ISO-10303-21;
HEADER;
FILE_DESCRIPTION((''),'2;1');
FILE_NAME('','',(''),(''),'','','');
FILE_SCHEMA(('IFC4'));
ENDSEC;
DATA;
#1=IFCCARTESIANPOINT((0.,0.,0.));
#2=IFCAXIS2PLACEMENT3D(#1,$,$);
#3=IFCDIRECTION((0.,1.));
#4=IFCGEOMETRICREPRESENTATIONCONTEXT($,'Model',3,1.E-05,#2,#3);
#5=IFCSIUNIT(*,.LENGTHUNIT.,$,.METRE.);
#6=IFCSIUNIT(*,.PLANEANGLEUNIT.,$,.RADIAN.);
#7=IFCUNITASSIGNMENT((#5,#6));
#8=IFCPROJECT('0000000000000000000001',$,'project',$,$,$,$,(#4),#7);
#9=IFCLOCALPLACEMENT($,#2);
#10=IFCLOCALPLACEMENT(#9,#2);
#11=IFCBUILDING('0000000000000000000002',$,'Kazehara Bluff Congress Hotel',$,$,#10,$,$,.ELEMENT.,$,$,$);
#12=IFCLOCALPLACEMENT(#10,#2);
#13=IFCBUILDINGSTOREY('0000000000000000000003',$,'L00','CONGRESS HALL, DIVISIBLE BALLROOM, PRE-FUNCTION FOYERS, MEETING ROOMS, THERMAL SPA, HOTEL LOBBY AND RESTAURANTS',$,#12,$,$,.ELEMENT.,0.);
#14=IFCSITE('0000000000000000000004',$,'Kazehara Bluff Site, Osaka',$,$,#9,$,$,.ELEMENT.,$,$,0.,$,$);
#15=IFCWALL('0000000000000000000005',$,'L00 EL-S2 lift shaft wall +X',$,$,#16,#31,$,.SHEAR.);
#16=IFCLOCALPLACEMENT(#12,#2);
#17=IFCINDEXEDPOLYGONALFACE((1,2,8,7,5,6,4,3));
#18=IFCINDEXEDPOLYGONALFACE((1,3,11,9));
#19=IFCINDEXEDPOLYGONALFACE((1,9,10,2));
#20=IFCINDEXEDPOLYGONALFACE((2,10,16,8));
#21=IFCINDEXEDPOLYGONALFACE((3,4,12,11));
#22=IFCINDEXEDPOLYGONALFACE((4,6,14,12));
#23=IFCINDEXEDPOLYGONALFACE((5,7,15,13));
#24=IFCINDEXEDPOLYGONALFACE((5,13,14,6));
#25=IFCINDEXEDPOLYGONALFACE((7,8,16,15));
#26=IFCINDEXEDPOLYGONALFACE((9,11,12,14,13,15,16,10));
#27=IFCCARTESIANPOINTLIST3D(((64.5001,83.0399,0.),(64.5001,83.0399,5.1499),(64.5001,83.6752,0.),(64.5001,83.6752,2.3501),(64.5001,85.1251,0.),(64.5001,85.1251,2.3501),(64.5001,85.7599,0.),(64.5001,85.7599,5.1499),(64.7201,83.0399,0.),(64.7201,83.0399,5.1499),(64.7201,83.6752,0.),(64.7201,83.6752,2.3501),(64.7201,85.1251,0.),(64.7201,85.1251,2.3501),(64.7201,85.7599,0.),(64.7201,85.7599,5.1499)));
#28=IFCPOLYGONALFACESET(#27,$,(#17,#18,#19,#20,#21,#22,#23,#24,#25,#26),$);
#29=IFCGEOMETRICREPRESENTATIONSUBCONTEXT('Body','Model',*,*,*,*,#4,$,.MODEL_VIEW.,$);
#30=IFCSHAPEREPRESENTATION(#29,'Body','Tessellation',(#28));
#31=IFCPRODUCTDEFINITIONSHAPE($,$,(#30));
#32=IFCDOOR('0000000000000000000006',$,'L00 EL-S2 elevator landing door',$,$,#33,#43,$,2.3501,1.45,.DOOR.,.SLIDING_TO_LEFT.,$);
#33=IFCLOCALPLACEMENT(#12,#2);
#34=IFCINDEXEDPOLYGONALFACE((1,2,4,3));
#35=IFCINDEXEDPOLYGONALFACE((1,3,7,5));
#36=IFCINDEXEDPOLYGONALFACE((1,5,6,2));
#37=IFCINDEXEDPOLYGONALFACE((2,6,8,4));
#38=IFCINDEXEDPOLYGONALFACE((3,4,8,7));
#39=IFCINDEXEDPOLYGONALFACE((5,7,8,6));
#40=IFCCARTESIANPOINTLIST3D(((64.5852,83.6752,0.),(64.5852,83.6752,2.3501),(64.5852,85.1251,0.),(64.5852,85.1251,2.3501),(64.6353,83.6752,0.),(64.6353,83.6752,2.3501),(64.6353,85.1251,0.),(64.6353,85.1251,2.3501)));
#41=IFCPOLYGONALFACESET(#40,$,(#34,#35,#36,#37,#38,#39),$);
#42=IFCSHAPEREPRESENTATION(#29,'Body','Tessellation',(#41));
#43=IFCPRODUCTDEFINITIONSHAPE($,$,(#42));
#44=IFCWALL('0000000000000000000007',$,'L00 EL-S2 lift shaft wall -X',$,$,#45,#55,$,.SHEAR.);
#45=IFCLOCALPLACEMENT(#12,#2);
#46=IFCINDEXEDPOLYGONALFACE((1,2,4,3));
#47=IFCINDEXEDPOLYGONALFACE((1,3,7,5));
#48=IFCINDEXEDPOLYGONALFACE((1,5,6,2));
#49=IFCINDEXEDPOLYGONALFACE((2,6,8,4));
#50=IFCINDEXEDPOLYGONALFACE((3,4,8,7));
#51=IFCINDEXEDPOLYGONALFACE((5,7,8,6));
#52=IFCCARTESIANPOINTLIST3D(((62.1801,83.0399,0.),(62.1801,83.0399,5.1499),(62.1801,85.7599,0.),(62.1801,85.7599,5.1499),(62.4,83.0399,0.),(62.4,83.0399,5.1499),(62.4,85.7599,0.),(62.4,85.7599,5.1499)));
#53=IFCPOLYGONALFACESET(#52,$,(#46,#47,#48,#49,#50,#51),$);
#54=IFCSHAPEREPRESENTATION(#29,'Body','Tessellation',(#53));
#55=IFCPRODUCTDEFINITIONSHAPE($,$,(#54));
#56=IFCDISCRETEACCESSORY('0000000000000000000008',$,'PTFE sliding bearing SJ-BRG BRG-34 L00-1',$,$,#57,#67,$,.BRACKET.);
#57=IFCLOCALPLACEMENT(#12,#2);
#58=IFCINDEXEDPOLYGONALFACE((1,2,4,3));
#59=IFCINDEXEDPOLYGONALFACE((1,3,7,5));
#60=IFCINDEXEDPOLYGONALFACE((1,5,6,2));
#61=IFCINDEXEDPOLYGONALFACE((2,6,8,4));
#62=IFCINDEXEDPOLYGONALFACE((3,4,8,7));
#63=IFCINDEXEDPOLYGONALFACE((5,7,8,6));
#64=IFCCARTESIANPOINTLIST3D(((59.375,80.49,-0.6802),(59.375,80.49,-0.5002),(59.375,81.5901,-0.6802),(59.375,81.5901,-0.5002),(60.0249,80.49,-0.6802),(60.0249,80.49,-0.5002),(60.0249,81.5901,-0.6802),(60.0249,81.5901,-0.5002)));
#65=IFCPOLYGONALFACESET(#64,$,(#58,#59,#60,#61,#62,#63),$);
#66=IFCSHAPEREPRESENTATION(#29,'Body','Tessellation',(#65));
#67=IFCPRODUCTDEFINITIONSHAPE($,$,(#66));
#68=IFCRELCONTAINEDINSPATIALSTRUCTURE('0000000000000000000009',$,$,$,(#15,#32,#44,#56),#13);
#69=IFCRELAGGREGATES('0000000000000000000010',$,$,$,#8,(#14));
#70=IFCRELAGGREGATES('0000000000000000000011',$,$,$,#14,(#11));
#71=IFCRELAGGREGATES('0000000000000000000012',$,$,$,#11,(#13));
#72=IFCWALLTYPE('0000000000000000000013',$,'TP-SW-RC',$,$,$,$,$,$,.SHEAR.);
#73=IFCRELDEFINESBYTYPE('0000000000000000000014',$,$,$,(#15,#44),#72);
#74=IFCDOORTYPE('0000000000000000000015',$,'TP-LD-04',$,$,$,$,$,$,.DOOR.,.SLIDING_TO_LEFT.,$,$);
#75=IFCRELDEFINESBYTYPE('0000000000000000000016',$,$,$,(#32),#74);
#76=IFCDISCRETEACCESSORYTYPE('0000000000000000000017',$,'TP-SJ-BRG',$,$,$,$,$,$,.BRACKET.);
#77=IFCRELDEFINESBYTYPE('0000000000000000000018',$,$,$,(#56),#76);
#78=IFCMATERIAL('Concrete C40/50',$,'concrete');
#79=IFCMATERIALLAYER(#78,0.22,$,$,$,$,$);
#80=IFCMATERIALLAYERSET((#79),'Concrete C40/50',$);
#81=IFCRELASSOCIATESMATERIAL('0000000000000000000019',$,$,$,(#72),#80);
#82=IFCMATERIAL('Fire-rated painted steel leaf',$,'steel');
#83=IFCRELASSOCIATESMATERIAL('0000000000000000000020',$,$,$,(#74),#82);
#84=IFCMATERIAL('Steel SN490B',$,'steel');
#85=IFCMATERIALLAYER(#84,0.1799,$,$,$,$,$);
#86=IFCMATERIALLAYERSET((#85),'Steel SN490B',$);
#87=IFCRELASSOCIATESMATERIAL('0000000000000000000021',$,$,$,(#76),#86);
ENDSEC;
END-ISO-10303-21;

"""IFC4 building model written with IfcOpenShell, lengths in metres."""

from ifc_helpers import new_model, si_unit, direction, frame, frame_2d, origin, origin_2d, place, context, subcontext, project, spatial, rectangle, extrude, material, layer, layer_set, type_object, element, fill, save


model = new_model("IFC4")

# Units and contexts
model_context = context("Model", 3, precision=1e-05, world=origin(), true_north=direction((0.0, 1.0)))
body_context = subcontext(model_context, "Body", "Model", "MODEL_VIEW")
ifc_project = project(units=[si_unit("LENGTHUNIT", "METRE"), si_unit("PLANEANGLEUNIT", "RADIAN")], contexts=[model_context])

# Site, building, storey
site_placement = place(None, origin())
site = spatial("IfcSite", under=ifc_project, at=site_placement, Name="Kazehara Bluff Site, Osaka", CompositionType="ELEMENT", RefElevation=0.0)
building_placement = place(site_placement, origin())
building = spatial("IfcBuilding", under=site, at=building_placement, Name="Kazehara Bluff Congress Hotel", CompositionType="ELEMENT")
storey_placement = place(building_placement, origin())
storey = spatial("IfcBuildingStorey", under=building, at=storey_placement, Name="L00", Description="CONGRESS HALL, DIVISIBLE BALLROOM, PRE-FUNCTION FOYERS, MEETING ROOMS, THERMAL SPA, HOTEL LOBBY AND RESTAURANTS", CompositionType="ELEMENT", Elevation=0.0)

# Shared definitions
ifc_material_1 = material(Name="Concrete C40/50", Category="concrete")
ifc_layer_1 = layer(ifc_material_1, 0.22)
ifc_layer_set_1 = layer_set([ifc_layer_1], Name="Concrete C40/50")
wall_type_1 = type_object("IfcWallType", Name="TP-SW-RC", PredefinedType="SHEAR", material=ifc_layer_set_1)

# Wall, opening, door
wall_1_placement = place(storey_placement, frame((64.6101, 83.04, 0.0), z_axis=(0.0, 0.0, 1.0), x_axis=(0.0, 1.0, 0.0)))
wall_1 = element("IfcWall", 1, at=wall_1_placement, inside=storey, type_object=wall_type_1, Name="L00 EL-S2 lift shaft wall +X", PredefinedType="SHEAR", context=body_context, shape_type="SweptSolid", body=[
    extrude(rectangle(XDim=2.72, YDim=0.22, at=frame_2d((1.3599, 0.0))), origin(), (0.0, 0.0, 1.0), 5.1499),
])
opening_placement = place(wall_1_placement, frame((0.635, 0.0, 0.0)))
opening = element("IfcOpeningElement", 2, at=opening_placement, cuts=wall_1, PredefinedType="OPENING", context=body_context, shape_type="SweptSolid", body=[
    extrude(rectangle(XDim=1.45, YDim=2.3501, at=frame_2d((0.7251, 1.175))), frame((0.0, 0.1199, 0.0), z_axis=(0.0, -1.0, 0.0), x_axis=(1.0, 0.0, 0.0)), (0.0, 0.0, 1.0), 0.24),
])
ifc_material_2 = material(Name="Fire-rated painted steel leaf", Category="steel")
door_type = type_object("IfcDoorType", Name="TP-LD-04", OperationType="SLIDING_TO_LEFT", PredefinedType="DOOR", material=ifc_material_2)
door_placement = place(opening_placement, origin())
door = element("IfcDoor", 3, at=door_placement, inside=storey, type_object=door_type, Name="L00 EL-S2 elevator landing door", OperationType="SLIDING_TO_LEFT", OverallHeight=2.3501, OverallWidth=1.45, PredefinedType="DOOR", context=body_context, shape_type="SweptSolid", body=[
    extrude(rectangle(XDim=1.45, YDim=2.3501, at=frame_2d((0.7251, 1.175))), frame((0.0, 0.0249, 0.0), z_axis=(0.0, -1.0, 0.0), x_axis=(1.0, 0.0, 0.0)), (0.0, 0.0, 1.0), 0.05),
])
fill(opening, door)

# Wall
wall_2_placement = place(storey_placement, frame((62.29, 83.04, 0.0), z_axis=(0.0, 0.0, 1.0), x_axis=(0.0, 1.0, 0.0)))
element("IfcWall", 4, at=wall_2_placement, inside=storey, type_object=wall_type_1, Name="L00 EL-S2 lift shaft wall -X", PredefinedType="SHEAR", context=body_context, shape_type="SweptSolid", body=[
    extrude(rectangle(XDim=2.72, YDim=0.22, at=frame_2d((1.3599, 0.0))), origin(), (0.0, 0.0, 1.0), 5.1499),
])

# Discrete accessory
ifc_material_3 = material(Name="Steel SN490B", Category="steel")
ifc_layer_2 = layer(ifc_material_3, 0.1799)
ifc_layer_set_2 = layer_set([ifc_layer_2], Name="Steel SN490B")
discrete_accessory_type = type_object("IfcDiscreteAccessoryType", Name="TP-SJ-BRG", PredefinedType="BRACKET", material=ifc_layer_set_2)
discrete_accessory_placement = place(storey_placement, frame((59.7, 81.04, -0.6802), z_axis=(0.0, 0.0, 1.0), x_axis=(1.0, 0.0, 0.0)))
element("IfcDiscreteAccessory", 5, at=discrete_accessory_placement, inside=storey, type_object=discrete_accessory_type, Name="PTFE sliding bearing SJ-BRG BRG-34 L00-1", PredefinedType="BRACKET", context=body_context, shape_type="SweptSolid", body=[
    extrude(rectangle(XDim=0.6499, YDim=1.1001, at=origin_2d()), origin(), (0.0, 0.0, 1.0), 0.1799),
])

save(model, "model.ifc")
